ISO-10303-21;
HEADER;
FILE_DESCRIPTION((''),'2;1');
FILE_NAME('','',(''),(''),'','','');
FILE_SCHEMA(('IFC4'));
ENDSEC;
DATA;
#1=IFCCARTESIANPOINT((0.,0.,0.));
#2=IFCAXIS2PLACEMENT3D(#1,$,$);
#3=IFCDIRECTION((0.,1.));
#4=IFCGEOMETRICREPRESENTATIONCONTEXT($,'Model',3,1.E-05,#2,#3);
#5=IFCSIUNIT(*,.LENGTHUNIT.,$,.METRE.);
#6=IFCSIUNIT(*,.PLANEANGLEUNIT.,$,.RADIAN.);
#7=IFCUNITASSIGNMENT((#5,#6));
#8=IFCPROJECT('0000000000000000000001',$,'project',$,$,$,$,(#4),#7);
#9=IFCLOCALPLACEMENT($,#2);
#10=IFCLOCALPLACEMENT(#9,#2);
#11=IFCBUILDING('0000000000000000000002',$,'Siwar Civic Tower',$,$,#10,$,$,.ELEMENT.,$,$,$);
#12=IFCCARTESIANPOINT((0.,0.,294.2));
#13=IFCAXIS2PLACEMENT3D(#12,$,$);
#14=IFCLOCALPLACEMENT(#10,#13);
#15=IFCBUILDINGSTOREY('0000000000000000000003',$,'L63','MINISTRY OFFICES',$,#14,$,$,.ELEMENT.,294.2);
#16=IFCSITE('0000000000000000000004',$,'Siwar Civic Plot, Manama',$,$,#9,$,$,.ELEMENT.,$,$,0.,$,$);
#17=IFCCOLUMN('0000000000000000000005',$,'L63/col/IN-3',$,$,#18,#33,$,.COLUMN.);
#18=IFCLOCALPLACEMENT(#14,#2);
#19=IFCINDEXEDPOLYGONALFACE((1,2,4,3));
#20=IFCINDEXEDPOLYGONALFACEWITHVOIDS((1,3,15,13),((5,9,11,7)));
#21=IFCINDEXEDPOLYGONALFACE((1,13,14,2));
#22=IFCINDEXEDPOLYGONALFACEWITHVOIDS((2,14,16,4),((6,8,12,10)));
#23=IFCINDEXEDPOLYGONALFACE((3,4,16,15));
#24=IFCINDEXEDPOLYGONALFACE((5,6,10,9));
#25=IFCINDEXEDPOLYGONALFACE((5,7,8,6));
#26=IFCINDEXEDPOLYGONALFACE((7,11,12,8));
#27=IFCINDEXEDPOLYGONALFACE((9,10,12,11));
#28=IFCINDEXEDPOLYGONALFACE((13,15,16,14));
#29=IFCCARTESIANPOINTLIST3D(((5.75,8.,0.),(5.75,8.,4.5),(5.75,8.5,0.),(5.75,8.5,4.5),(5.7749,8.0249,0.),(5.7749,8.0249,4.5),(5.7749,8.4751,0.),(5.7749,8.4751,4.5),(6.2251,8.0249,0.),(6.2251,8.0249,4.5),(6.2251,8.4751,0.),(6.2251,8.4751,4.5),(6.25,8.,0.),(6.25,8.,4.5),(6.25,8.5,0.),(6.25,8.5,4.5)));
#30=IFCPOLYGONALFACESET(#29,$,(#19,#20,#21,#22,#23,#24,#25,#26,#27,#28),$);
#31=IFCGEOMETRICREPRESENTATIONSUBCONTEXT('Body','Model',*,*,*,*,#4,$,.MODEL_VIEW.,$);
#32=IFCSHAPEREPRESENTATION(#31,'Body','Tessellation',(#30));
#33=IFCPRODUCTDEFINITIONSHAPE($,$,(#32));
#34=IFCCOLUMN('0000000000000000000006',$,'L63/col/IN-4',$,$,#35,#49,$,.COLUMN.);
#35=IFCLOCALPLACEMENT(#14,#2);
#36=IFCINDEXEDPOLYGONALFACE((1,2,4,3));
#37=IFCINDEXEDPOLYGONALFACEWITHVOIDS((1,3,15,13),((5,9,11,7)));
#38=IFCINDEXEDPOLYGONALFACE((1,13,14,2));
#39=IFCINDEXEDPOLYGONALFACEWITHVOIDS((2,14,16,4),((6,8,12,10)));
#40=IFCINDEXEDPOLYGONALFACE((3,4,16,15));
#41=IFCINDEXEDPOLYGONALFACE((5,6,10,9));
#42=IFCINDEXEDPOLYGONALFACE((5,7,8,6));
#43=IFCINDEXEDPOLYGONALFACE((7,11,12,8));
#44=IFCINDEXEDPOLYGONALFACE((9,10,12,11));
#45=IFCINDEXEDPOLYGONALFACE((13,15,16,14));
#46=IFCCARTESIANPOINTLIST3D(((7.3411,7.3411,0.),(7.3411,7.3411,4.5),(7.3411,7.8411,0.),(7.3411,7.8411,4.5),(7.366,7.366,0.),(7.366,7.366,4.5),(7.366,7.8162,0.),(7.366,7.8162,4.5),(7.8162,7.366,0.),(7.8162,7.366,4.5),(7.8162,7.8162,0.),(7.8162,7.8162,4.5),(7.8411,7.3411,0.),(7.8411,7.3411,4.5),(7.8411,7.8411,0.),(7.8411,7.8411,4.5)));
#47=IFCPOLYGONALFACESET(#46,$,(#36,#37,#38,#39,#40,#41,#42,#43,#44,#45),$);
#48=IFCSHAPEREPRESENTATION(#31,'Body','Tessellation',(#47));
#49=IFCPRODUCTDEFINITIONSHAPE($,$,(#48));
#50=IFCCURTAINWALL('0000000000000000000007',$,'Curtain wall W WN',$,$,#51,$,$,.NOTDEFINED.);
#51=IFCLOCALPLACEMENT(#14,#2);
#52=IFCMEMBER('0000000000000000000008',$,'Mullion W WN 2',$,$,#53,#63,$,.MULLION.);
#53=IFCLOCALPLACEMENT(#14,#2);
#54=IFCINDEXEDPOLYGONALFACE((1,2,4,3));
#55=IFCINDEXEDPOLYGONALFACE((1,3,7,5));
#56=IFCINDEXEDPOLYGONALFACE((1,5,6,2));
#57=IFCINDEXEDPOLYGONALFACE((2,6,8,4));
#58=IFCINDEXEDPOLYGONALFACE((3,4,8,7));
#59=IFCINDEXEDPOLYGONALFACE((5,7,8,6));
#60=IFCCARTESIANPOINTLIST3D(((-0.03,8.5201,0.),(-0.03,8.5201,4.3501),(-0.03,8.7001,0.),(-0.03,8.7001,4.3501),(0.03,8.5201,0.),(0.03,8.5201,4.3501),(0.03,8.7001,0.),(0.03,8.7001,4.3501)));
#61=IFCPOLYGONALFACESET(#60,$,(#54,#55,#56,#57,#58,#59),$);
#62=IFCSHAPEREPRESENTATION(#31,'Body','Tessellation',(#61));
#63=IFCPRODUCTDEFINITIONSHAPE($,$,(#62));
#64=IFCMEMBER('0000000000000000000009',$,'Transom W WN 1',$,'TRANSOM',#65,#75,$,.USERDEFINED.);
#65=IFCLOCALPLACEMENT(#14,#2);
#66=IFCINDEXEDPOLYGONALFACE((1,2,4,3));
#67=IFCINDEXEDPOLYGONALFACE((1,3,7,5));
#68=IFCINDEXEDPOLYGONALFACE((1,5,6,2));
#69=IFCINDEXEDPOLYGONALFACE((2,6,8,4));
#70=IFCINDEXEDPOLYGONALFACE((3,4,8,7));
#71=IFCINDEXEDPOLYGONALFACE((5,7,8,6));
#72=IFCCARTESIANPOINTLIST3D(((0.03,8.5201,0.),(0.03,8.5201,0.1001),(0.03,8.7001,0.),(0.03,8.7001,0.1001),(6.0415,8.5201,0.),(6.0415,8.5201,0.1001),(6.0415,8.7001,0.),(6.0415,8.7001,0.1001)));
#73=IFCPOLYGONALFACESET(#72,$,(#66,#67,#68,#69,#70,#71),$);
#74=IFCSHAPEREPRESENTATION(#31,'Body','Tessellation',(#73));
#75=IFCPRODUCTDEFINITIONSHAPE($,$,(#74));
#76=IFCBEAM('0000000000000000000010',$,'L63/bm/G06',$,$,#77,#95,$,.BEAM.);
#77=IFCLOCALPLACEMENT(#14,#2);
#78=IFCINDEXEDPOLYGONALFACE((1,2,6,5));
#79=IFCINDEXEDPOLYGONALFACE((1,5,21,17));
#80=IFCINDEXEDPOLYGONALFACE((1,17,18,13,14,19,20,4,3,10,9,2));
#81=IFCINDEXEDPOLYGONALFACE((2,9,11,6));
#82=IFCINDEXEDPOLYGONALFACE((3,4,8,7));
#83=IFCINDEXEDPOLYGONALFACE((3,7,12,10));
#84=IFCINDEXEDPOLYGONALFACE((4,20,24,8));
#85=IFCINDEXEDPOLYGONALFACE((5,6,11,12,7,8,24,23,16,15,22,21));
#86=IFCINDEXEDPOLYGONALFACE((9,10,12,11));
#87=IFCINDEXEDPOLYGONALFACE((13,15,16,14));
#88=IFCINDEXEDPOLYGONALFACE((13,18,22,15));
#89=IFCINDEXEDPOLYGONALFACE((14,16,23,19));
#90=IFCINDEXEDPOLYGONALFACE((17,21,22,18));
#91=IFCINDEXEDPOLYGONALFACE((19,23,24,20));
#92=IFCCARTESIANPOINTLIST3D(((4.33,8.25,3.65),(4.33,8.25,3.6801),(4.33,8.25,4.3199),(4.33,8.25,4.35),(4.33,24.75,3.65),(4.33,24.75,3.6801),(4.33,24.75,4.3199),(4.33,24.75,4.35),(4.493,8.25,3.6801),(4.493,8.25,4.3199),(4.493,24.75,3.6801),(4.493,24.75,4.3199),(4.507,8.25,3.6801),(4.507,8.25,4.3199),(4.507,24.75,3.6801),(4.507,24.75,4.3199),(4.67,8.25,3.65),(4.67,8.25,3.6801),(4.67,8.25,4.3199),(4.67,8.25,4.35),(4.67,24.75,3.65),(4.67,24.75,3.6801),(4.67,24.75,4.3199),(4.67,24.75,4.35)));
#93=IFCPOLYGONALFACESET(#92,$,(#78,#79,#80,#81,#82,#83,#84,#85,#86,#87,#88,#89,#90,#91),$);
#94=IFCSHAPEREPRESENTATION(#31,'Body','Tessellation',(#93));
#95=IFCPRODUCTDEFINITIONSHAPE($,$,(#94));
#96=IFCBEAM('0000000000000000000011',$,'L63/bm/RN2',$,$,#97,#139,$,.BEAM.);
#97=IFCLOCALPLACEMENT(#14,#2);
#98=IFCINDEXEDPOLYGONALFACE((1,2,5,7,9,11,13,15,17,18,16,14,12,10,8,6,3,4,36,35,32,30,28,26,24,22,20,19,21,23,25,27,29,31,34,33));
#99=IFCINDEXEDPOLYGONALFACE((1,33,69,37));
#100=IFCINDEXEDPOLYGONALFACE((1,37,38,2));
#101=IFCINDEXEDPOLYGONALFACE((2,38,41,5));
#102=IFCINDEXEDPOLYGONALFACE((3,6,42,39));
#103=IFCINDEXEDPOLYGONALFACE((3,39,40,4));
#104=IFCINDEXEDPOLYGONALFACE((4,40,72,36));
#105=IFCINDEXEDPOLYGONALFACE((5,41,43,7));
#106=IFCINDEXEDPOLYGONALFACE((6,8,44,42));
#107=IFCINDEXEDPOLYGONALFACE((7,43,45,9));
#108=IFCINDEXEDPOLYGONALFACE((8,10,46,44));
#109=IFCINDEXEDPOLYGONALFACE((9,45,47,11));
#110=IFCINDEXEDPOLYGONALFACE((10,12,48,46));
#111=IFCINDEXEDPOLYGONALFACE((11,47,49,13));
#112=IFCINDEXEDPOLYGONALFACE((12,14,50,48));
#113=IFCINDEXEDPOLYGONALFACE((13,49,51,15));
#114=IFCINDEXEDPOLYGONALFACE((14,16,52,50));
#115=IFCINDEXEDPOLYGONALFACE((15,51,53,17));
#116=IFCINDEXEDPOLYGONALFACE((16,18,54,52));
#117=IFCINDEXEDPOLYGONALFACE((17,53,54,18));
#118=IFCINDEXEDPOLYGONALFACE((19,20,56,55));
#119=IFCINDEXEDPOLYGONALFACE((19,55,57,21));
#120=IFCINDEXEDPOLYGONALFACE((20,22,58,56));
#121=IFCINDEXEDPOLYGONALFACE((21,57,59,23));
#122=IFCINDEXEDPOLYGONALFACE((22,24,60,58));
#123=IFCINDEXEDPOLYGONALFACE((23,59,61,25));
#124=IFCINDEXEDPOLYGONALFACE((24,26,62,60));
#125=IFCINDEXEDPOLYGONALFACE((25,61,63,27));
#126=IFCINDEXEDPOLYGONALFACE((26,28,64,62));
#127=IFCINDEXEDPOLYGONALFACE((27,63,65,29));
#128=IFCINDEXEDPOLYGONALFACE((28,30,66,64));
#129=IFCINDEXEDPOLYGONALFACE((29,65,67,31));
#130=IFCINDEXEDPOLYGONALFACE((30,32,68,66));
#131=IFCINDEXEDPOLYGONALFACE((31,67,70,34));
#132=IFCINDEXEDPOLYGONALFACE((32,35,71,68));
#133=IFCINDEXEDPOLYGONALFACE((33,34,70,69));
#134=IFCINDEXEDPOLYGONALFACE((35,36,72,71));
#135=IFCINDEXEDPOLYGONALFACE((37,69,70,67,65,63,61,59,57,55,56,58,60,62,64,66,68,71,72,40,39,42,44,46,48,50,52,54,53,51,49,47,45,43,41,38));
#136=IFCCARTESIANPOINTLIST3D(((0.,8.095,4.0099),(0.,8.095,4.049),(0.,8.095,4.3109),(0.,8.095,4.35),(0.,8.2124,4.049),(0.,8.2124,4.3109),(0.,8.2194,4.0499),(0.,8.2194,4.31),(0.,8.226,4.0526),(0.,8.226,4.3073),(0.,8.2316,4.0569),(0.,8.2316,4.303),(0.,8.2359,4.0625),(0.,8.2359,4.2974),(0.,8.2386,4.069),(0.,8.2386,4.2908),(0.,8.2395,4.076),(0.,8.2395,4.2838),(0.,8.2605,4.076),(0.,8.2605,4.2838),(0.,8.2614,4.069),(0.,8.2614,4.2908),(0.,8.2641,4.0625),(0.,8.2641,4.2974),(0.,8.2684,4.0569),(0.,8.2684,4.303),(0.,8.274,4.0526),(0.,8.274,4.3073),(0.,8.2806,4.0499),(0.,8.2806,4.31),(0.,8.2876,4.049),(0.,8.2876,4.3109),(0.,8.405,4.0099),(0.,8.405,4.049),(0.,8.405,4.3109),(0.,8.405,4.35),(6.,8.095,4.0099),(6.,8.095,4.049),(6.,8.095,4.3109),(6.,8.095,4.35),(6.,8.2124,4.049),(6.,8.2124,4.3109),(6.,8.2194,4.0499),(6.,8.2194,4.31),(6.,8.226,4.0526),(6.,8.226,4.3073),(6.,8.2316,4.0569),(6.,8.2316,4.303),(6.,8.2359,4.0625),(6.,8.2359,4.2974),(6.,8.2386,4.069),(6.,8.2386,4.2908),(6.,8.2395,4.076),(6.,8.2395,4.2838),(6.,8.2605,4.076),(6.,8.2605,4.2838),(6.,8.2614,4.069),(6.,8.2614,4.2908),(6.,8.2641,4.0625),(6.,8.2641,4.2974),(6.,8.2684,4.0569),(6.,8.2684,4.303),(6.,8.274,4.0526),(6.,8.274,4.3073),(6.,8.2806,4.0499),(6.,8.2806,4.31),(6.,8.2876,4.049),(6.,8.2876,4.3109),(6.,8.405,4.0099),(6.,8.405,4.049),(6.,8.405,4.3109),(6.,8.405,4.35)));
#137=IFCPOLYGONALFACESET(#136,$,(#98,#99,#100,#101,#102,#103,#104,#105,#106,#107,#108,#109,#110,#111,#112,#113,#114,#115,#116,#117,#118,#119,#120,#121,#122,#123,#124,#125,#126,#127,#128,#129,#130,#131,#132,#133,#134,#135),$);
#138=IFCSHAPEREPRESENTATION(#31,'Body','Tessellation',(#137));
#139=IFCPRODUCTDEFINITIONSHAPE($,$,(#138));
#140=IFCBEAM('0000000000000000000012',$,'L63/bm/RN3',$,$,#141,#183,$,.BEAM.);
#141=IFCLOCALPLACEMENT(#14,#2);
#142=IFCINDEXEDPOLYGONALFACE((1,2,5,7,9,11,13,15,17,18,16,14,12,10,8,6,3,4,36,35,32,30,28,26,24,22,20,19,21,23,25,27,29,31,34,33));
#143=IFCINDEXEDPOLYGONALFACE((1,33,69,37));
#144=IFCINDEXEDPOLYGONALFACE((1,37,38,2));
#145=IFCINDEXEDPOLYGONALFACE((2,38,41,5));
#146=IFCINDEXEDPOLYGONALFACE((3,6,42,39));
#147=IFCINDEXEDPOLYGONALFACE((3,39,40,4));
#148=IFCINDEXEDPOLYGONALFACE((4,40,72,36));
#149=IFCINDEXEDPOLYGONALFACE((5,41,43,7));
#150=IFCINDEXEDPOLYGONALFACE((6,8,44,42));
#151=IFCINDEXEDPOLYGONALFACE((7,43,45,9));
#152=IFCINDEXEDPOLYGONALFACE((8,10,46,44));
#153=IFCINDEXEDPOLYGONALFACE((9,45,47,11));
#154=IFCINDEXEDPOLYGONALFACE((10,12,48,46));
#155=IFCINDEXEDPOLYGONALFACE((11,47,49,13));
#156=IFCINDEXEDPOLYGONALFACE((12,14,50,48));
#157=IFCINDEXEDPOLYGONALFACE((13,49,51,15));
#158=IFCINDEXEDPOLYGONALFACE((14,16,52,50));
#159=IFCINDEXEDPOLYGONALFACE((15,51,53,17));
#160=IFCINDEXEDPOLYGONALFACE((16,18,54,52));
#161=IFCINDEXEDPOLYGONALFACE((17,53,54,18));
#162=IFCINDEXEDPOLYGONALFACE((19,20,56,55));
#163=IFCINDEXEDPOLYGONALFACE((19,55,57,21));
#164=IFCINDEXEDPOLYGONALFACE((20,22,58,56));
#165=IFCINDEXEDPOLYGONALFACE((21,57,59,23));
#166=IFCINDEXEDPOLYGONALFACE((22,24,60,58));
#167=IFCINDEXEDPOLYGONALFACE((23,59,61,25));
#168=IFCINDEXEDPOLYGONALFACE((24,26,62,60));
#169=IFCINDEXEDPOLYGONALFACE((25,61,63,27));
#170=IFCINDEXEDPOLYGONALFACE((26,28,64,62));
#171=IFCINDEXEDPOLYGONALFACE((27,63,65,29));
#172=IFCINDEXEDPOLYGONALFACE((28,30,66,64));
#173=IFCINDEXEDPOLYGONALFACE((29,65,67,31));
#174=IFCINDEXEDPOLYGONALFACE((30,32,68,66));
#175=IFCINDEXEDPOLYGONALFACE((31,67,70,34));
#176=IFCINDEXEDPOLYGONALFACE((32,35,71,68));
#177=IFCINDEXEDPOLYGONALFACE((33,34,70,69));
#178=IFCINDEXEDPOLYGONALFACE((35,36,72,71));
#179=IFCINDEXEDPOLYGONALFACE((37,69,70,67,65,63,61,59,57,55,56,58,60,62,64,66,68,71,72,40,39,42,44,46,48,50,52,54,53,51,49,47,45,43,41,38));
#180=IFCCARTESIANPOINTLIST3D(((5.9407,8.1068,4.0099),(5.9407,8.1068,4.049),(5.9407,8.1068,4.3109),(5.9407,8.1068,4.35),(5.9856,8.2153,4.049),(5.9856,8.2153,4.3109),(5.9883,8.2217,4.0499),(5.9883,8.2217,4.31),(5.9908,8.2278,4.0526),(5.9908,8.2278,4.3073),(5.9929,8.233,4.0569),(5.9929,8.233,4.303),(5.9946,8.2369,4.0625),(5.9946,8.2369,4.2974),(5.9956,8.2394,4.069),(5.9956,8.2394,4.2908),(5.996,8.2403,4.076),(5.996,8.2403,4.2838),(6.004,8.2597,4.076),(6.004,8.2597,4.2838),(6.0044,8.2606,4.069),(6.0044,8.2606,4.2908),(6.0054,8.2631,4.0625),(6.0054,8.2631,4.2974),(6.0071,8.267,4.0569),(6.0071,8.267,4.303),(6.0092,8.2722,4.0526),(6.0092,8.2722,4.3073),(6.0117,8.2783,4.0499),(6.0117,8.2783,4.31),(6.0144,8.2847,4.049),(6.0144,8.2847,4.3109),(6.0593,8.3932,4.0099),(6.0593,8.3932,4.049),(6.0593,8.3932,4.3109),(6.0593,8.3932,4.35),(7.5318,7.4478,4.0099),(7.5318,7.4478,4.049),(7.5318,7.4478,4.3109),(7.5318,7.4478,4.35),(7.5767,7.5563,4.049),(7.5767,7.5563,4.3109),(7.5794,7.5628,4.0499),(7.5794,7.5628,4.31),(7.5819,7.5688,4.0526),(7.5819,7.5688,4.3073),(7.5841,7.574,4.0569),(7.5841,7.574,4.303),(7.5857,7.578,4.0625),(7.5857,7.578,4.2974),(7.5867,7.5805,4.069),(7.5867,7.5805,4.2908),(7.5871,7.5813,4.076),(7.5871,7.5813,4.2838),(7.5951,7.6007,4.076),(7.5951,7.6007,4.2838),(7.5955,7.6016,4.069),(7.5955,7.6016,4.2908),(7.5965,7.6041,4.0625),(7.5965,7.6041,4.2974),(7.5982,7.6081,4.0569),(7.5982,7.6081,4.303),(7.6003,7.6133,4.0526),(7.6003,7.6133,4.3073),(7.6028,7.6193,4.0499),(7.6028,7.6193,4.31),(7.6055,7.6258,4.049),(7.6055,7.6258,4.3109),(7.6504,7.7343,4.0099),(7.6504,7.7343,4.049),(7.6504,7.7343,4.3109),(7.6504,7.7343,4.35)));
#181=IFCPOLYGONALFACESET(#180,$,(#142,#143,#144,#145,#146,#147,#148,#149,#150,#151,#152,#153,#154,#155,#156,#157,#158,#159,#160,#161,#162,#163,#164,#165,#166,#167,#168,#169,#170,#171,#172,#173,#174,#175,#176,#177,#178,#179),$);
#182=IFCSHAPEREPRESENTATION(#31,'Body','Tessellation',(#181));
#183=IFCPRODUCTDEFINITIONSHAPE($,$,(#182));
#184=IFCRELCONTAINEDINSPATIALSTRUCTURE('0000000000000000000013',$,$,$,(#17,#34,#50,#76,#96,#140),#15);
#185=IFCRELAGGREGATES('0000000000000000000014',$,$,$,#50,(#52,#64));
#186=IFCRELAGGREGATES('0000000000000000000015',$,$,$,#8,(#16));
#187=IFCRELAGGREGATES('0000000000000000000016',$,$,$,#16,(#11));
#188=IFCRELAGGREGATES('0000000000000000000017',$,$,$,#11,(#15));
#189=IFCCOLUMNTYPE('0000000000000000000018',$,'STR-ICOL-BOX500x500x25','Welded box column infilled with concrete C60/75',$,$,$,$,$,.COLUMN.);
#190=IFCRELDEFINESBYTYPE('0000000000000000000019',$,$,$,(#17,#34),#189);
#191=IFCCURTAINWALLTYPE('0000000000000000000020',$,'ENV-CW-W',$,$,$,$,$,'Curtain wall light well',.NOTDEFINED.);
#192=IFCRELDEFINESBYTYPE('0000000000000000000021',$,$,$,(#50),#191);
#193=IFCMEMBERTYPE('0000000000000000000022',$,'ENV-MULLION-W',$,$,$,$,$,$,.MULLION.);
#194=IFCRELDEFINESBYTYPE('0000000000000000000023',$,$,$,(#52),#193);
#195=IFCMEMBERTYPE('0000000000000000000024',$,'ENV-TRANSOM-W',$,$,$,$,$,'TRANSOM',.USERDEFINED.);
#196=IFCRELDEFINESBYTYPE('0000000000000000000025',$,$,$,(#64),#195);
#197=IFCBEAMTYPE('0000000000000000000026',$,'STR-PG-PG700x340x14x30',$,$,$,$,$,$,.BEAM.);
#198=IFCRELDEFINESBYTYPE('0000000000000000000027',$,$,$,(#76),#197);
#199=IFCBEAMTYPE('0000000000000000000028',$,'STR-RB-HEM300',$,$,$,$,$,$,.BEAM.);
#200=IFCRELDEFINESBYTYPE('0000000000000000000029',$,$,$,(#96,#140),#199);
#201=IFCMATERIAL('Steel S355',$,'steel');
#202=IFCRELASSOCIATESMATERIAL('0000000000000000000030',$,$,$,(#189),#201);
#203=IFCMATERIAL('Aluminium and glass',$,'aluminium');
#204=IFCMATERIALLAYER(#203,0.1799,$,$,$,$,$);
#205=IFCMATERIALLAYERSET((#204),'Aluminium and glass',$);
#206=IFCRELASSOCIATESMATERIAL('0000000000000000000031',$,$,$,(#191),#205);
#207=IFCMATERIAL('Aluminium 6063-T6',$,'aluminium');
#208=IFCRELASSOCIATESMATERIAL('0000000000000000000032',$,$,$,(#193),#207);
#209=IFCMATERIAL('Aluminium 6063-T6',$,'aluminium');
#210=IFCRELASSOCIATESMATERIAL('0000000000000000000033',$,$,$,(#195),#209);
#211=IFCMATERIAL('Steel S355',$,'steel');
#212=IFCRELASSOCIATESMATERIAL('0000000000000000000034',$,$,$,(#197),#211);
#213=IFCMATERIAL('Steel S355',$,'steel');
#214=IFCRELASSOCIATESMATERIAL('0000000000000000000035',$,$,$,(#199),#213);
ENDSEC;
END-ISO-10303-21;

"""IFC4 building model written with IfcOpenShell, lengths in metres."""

from ifc_helpers import new_model, si_unit, direction, frame, origin, origin_2d, place, context, subcontext, project, spatial, rectangle, hollow_rectangle, i_section, extrude, material, layer, layer_set, material_profile, profile_set, type_object, element, aggregate, save


model = new_model("IFC4")

# Units and contexts
model_context = context("Model", 3, precision=1e-05, world=origin(), true_north=direction((0.0, 1.0)))
body_context = subcontext(model_context, "Body", "Model", "MODEL_VIEW")
ifc_project = project(units=[si_unit("LENGTHUNIT", "METRE"), si_unit("PLANEANGLEUNIT", "RADIAN")], contexts=[model_context])

# Site, building, storey
site_placement = place(None, origin())
site = spatial("IfcSite", under=ifc_project, at=site_placement, Name="Siwar Civic Plot, Manama", CompositionType="ELEMENT", RefElevation=0.0)
building_placement = place(site_placement, origin())
building = spatial("IfcBuilding", under=site, at=building_placement, Name="Siwar Civic Tower", CompositionType="ELEMENT")
storey_placement = place(building_placement, frame((0.0, 0.0, 294.2)))
storey = spatial("IfcBuildingStorey", under=building, at=storey_placement, Name="L63", Description="MINISTRY OFFICES", CompositionType="ELEMENT", Elevation=294.2)

# Columns
ifc_material_1 = material(Name="Steel S355", Category="steel")
ifc_material_profile_1 = material_profile(ifc_material_1, hollow_rectangle(XDim=0.5, YDim=0.5, WallThickness=0.0249, at=origin_2d()), Name="BOX500x500x25")
ifc_profile_set_1 = profile_set([ifc_material_profile_1], Name="Steel S355")
column_type = type_object("IfcColumnType", Name="STR-ICOL-BOX500x500x25", Description="Welded box column infilled with concrete C60/75", PredefinedType="COLUMN", material=ifc_profile_set_1)
for number, where, z_axis, x_axis, name in (
    (1, (6.0, 8.25, 0.0), (0.0, 0.0, 1.0), (1.0, 0.0, 0.0), "L63/col/IN-3"),
    (2, (7.5911, 7.5911, 0.0), (0.0, 0.0, 1.0), (1.0, 0.0, 0.0), "L63/col/IN-4"),
):
    element("IfcColumn", number, at=place(storey_placement, frame(where, z_axis=z_axis, x_axis=x_axis)), inside=storey, type_object=column_type, Name=name, PredefinedType="COLUMN", context=body_context, shape_type="SweptSolid", body=[
        extrude(hollow_rectangle(XDim=0.5, YDim=0.5, WallThickness=0.0249, at=origin_2d()), origin(), (0.0, 0.0, 1.0), 4.5),
    ])

# Curtain wall, members
ifc_material_2 = material(Name="Aluminium and glass", Category="aluminium")
ifc_layer_1 = layer(ifc_material_2, 0.1799)
ifc_layer_set_1 = layer_set([ifc_layer_1], Name="Aluminium and glass")
curtain_wall_type = type_object("IfcCurtainWallType", Name="ENV-CW-W", ElementType="Curtain wall light well", PredefinedType="NOTDEFINED", material=ifc_layer_set_1)
curtain_wall_placement = place(storey_placement, origin())
curtain_wall = element("IfcCurtainWall", 3, at=curtain_wall_placement, inside=storey, type_object=curtain_wall_type, Name="Curtain wall W WN", PredefinedType="NOTDEFINED")
ifc_material_3 = material(Name="Aluminium 6063-T6", Category="aluminium")
ifc_material_profile_2 = material_profile(ifc_material_3, rectangle(XDim=0.1799, YDim=0.0601, at=origin_2d()), Name="AL 180x60")
ifc_profile_set_2 = profile_set([ifc_material_profile_2], Name="Aluminium 6063-T6")
member_type_1 = type_object("IfcMemberType", Name="ENV-MULLION-W", PredefinedType="MULLION", material=ifc_profile_set_2)
member_1_placement = place(storey_placement, frame((0.0, 8.6101, 0.0), z_axis=(0.0, 0.0, 1.0), x_axis=(0.0, -1.0, 0.0)))
member_1 = element("IfcMember", 4, at=member_1_placement, type_object=member_type_1, Name="Mullion W WN 2", PredefinedType="MULLION", context=body_context, shape_type="SweptSolid", body=[
    extrude(rectangle(XDim=0.1799, YDim=0.0601, at=origin_2d()), origin(), (0.0, 0.0, 1.0), 4.3501),
])
ifc_material_4 = material(Name="Aluminium 6063-T6", Category="aluminium")
ifc_material_profile_3 = material_profile(ifc_material_4, rectangle(XDim=0.1799, YDim=0.1001, at=origin_2d()), Name="AL 180x100")
ifc_profile_set_3 = profile_set([ifc_material_profile_3], Name="Aluminium 6063-T6")
member_type_2 = type_object("IfcMemberType", Name="ENV-TRANSOM-W", ElementType="TRANSOM", PredefinedType="USERDEFINED", material=ifc_profile_set_3)
member_2_placement = place(storey_placement, frame((6.0415, 8.6101, 0.05), z_axis=(-1.0, 0.0, 0.0), x_axis=(0.0, -1.0, 0.0)))
member_2 = element("IfcMember", 5, at=member_2_placement, type_object=member_type_2, Name="Transom W WN 1", ObjectType="TRANSOM", PredefinedType="USERDEFINED", context=body_context, shape_type="SweptSolid", body=[
    extrude(rectangle(XDim=0.1799, YDim=0.1001, at=origin_2d()), origin(), (0.0, 0.0, 1.0), 6.0115),
])

# Beams
ifc_material_5 = material(Name="Steel S355", Category="steel")
ifc_material_profile_4 = material_profile(ifc_material_5, i_section(OverallWidth=0.3401, OverallDepth=0.7, WebThickness=0.0139, FlangeThickness=0.03, at=origin_2d()), Name="PG700x340x14x30")
ifc_profile_set_4 = profile_set([ifc_material_profile_4], Name="Steel S355")
beam_type_1 = type_object("IfcBeamType", Name="STR-PG-PG700x340x14x30", PredefinedType="BEAM", material=ifc_profile_set_4)
beam_1_placement = place(storey_placement, frame((4.5, 8.25, 4.0), z_axis=(0.0, 1.0, 0.0), x_axis=(-1.0, 0.0, 0.0)))
element("IfcBeam", 6, at=beam_1_placement, inside=storey, type_object=beam_type_1, Name="L63/bm/G06", PredefinedType="BEAM", context=body_context, shape_type="SweptSolid", body=[
    extrude(i_section(OverallWidth=0.3401, OverallDepth=0.7, WebThickness=0.0139, FlangeThickness=0.03, at=origin_2d()), origin(), (0.0, 0.0, 1.0), 16.5),
])
ifc_material_6 = material(Name="Steel S355", Category="steel")
ifc_material_profile_5 = material_profile(ifc_material_6, i_section(OverallWidth=0.3101, OverallDepth=0.3401, WebThickness=0.021, FlangeThickness=0.0391, FilletRadius=0.0271, at=origin_2d()), Name="HEM300")
ifc_profile_set_5 = profile_set([ifc_material_profile_5], Name="Steel S355")
beam_type_2 = type_object("IfcBeamType", Name="STR-RB-HEM300", PredefinedType="BEAM", material=ifc_profile_set_5)
beam_2_placement = place(storey_placement, frame((0.0, 8.25, 4.1799), z_axis=(1.0, 0.0, 0.0), x_axis=(0.0, 1.0, 0.0)))
element("IfcBeam", 7, at=beam_2_placement, inside=storey, type_object=beam_type_2, Name="L63/bm/RN2", PredefinedType="BEAM", context=body_context, shape_type="SweptSolid", body=[
    extrude(i_section(OverallWidth=0.3101, OverallDepth=0.3401, WebThickness=0.021, FlangeThickness=0.0391, FilletRadius=0.0271, at=origin_2d()), origin(), (0.0, 0.0, 1.0), 6.0),
])
for number, where, z_axis, x_axis, name in (
    (8, (6.0, 8.25, 4.1799), (0.923901, -0.382631, 0.0), (0.382631, 0.923901, 0.0), "L63/bm/RN3"),
):
    element("IfcBeam", number, at=place(storey_placement, frame(where, z_axis=z_axis, x_axis=x_axis)), inside=storey, type_object=beam_type_2, Name=name, PredefinedType="BEAM", context=body_context, shape_type="SweptSolid", body=[
        extrude(i_section(OverallWidth=0.3101, OverallDepth=0.3401, WebThickness=0.021, FlangeThickness=0.0391, FilletRadius=0.0271, at=origin_2d()), origin(), (0.0, 0.0, 1.0), 1.7222),
    ])

aggregate(curtain_wall, [member_1, member_2])

save(model, "model.ifc")
